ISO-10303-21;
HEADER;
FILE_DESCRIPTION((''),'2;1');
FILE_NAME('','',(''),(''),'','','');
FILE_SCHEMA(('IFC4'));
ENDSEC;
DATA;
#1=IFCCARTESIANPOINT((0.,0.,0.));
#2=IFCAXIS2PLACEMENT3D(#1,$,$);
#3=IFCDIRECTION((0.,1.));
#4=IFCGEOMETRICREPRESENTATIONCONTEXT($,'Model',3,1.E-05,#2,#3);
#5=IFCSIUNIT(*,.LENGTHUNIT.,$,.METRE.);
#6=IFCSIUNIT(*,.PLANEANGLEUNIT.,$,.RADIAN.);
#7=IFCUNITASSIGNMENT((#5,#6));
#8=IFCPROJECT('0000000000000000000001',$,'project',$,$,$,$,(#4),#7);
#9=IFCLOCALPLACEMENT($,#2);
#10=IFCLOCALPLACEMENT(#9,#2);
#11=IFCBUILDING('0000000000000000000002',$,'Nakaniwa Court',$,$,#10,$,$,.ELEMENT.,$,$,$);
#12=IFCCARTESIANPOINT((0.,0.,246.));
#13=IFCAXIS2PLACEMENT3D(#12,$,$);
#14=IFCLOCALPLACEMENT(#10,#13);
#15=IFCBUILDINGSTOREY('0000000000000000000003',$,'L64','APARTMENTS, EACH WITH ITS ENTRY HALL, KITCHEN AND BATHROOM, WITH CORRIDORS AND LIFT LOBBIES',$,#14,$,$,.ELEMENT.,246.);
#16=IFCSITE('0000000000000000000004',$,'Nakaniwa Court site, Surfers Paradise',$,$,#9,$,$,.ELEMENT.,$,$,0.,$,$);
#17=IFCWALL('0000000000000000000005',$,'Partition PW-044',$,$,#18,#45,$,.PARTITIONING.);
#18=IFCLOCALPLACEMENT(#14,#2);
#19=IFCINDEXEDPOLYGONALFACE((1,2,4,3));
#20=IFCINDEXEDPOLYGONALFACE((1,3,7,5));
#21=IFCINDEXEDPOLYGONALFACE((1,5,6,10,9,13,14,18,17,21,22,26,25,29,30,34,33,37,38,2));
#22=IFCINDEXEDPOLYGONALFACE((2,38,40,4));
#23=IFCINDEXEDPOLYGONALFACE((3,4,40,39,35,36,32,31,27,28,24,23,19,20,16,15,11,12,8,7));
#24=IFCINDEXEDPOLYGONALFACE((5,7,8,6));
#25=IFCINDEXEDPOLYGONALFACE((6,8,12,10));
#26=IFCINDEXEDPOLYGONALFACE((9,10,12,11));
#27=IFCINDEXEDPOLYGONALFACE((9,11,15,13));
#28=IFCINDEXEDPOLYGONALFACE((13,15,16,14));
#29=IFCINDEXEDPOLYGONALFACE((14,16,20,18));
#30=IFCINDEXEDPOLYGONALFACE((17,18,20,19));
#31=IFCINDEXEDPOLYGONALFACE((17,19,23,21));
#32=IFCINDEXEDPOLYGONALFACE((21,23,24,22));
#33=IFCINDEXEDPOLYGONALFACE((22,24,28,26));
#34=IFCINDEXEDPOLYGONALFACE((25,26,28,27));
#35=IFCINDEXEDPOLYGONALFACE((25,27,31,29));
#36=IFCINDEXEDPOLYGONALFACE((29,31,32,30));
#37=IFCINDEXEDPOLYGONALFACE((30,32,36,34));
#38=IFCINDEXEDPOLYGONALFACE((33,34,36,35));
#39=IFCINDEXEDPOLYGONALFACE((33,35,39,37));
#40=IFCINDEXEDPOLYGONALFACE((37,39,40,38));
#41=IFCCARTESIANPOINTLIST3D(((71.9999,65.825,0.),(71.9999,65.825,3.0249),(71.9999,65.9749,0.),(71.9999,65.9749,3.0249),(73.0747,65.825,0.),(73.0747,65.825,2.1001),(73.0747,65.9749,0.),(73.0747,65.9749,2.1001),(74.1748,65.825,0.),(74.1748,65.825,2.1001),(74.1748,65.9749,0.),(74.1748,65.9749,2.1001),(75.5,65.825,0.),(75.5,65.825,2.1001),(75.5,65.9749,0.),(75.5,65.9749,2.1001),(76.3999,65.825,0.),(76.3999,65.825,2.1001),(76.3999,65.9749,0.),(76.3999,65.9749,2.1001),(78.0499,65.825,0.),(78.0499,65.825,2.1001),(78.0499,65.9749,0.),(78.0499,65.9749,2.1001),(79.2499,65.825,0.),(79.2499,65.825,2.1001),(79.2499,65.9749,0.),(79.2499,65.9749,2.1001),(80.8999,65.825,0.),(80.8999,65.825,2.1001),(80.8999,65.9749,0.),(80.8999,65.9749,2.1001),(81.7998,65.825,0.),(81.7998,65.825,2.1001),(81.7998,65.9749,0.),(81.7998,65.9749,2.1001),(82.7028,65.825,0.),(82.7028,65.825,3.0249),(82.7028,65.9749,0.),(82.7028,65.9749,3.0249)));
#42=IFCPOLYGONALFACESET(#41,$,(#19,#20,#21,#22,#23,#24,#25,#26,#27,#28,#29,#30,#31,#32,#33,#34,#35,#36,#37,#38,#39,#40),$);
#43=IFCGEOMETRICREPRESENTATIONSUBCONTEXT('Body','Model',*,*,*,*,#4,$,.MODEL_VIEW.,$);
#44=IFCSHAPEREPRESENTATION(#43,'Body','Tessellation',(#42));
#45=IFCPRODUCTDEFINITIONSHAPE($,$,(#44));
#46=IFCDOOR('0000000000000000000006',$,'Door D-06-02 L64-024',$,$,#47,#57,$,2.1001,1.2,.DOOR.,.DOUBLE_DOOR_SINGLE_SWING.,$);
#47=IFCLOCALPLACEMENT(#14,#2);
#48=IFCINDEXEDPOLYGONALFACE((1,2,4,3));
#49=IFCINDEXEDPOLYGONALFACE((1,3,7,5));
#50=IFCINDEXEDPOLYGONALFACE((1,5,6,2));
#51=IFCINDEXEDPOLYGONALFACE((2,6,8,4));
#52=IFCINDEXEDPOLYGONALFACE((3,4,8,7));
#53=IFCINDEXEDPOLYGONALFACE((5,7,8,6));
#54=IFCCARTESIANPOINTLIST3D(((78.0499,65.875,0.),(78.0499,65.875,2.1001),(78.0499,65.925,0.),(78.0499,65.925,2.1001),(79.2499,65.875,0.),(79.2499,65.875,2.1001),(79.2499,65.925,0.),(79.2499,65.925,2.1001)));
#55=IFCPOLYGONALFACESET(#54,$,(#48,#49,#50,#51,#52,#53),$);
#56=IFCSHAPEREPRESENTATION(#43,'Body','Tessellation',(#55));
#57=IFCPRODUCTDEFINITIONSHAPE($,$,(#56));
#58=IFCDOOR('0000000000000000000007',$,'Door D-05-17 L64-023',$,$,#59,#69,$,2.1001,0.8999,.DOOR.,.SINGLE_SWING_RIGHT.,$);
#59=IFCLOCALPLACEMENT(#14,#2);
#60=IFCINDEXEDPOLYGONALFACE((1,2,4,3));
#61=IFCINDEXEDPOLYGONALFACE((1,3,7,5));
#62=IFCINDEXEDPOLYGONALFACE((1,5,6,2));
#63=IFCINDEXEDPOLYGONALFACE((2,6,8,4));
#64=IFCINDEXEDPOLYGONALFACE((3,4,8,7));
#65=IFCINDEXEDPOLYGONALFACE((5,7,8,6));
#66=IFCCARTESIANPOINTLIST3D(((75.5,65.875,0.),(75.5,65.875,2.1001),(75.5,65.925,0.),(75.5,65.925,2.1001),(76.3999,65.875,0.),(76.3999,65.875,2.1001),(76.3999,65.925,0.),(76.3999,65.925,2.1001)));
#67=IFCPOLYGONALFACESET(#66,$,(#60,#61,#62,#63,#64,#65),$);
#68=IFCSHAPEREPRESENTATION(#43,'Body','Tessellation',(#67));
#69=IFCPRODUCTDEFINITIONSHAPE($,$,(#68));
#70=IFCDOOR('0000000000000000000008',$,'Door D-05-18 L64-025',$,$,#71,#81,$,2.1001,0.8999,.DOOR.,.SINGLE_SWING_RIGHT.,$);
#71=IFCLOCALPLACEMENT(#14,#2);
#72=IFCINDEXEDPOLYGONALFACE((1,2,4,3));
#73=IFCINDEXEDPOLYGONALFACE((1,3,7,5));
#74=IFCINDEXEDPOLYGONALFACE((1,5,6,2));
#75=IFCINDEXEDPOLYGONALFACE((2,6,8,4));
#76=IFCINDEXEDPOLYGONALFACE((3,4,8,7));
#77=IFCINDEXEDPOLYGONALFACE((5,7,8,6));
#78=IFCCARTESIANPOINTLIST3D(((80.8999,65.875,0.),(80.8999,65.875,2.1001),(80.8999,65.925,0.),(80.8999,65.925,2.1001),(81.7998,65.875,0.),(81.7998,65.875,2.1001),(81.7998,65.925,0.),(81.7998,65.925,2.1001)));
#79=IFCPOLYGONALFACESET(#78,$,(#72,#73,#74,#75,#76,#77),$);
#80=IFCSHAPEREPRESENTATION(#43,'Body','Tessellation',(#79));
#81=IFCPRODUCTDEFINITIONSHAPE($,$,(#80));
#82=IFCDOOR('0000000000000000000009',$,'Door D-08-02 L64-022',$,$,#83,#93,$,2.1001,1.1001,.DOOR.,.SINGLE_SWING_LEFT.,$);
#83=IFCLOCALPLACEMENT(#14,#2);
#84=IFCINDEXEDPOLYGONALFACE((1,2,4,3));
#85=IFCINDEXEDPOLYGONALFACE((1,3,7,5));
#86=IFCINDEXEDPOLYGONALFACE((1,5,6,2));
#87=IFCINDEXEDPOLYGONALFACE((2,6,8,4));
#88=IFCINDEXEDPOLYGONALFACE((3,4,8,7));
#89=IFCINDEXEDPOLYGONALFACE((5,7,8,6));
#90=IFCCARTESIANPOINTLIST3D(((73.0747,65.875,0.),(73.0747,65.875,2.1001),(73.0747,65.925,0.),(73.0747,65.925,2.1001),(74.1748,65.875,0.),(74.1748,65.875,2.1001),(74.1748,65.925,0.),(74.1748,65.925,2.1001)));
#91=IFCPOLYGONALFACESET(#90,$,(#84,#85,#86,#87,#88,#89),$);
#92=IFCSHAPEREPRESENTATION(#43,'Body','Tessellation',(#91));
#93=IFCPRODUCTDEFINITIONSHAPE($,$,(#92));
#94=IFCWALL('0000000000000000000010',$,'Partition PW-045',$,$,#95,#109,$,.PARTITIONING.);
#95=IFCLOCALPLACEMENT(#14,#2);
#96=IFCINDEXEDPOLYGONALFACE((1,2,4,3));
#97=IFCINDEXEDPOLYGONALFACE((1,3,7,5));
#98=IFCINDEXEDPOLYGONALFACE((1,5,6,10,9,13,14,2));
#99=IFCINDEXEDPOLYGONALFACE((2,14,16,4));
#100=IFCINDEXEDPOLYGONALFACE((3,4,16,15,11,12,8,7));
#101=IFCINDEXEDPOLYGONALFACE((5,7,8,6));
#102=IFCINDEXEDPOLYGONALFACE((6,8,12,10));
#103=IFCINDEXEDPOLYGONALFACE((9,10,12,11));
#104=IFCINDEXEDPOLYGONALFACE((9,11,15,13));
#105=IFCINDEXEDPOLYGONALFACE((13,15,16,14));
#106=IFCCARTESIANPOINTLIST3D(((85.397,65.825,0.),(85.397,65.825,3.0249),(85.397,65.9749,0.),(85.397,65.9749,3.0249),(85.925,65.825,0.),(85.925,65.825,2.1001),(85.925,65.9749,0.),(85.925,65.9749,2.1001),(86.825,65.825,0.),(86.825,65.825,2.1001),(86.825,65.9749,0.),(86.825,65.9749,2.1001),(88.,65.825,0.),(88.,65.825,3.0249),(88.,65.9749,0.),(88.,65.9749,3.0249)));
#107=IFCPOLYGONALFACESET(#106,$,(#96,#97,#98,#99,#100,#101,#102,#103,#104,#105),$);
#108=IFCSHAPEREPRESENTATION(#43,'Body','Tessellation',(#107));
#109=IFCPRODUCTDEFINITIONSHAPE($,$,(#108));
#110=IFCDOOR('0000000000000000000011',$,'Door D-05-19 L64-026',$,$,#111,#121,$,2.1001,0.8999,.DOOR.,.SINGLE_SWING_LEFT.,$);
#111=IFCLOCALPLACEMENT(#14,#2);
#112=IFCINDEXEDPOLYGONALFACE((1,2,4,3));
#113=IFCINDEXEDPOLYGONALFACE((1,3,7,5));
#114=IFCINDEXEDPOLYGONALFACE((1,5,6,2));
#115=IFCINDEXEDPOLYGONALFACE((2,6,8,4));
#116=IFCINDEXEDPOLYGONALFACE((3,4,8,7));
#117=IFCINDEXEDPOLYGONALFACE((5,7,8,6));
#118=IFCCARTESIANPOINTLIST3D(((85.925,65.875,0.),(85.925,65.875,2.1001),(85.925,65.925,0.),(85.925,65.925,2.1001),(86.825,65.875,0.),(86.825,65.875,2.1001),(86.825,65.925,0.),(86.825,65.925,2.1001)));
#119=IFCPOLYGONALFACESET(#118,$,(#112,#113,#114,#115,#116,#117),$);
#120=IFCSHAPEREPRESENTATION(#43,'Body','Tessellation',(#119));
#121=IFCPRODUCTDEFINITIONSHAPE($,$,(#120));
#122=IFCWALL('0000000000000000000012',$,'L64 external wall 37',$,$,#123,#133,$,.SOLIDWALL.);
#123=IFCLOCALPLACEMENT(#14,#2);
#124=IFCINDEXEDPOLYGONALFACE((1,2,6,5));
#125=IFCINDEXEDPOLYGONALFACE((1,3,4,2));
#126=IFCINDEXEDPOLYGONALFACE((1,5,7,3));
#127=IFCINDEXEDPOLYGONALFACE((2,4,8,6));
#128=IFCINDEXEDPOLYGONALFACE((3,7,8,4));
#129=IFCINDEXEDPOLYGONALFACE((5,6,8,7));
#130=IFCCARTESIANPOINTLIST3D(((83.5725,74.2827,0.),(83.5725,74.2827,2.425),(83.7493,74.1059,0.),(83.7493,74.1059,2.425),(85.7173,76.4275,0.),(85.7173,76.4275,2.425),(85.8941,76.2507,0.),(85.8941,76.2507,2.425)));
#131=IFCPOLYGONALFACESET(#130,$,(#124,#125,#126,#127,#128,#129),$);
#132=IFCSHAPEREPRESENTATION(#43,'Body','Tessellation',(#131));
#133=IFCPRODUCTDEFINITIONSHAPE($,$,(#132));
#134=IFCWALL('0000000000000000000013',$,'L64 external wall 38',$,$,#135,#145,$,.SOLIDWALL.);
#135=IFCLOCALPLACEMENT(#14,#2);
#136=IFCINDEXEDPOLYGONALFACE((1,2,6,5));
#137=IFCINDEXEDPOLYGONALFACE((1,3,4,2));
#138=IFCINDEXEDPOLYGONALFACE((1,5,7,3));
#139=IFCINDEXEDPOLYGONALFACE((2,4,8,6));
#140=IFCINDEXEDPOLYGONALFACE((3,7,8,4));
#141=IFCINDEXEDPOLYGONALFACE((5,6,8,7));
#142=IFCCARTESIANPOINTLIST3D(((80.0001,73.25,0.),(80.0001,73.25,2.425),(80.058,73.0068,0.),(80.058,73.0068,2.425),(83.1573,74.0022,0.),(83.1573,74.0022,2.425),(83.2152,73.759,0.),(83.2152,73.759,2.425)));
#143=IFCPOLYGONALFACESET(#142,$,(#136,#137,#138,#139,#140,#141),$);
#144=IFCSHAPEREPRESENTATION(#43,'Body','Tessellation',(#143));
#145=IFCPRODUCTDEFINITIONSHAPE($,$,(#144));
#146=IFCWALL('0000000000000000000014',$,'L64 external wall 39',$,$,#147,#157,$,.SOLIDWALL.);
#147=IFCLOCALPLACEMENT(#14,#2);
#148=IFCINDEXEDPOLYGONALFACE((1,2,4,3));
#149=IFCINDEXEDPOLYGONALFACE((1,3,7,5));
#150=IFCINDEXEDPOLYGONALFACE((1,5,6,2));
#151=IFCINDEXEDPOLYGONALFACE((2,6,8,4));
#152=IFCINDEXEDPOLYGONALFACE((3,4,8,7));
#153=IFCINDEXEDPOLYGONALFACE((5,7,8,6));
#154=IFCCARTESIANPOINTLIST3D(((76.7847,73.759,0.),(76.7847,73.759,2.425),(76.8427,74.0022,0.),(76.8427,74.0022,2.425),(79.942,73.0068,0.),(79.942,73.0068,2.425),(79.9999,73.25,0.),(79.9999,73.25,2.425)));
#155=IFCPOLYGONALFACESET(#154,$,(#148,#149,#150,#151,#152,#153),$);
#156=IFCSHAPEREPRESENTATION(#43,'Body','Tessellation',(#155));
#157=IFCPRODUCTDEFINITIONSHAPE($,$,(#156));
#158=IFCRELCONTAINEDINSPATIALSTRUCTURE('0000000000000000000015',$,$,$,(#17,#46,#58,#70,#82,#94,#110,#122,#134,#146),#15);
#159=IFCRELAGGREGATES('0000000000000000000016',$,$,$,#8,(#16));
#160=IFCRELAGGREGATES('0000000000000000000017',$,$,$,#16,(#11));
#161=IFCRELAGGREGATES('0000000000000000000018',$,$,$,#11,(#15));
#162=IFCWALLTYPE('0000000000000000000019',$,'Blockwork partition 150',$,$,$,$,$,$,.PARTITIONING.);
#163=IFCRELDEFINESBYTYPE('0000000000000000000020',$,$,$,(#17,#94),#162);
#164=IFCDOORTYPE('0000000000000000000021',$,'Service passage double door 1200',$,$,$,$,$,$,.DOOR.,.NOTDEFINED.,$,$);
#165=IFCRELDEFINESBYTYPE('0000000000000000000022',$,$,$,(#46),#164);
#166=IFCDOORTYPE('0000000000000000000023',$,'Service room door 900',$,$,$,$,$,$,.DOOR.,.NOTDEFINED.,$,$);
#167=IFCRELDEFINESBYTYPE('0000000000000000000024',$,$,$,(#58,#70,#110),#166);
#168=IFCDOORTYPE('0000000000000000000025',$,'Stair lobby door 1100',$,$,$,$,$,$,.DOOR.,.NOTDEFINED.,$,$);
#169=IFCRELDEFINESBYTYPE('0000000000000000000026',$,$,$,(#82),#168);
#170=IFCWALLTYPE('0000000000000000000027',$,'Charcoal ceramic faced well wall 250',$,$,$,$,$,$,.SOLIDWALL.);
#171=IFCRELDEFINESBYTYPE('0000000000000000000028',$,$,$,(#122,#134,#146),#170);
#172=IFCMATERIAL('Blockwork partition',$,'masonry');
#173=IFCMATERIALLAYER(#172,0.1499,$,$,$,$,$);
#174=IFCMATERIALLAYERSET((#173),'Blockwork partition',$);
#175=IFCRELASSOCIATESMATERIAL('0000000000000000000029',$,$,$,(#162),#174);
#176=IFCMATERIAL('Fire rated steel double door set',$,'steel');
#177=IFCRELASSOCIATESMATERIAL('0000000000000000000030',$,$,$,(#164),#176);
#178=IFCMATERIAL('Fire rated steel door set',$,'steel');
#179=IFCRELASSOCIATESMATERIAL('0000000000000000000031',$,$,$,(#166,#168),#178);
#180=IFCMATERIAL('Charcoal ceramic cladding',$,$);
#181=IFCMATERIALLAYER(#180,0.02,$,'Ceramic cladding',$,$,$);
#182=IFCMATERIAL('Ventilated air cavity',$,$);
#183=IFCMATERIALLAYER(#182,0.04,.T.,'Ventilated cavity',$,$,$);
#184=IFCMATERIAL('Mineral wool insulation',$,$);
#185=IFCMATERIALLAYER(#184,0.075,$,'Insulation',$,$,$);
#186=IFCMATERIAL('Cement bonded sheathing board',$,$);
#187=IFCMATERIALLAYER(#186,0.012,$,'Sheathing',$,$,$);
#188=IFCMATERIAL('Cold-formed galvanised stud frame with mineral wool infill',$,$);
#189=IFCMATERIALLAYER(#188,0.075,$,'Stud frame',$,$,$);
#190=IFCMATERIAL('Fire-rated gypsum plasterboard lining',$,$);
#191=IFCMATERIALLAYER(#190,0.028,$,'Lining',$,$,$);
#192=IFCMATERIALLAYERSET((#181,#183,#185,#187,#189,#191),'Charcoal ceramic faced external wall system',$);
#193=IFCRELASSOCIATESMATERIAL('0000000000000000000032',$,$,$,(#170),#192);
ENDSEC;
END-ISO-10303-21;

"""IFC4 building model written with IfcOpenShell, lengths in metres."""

from ifc_helpers import new_model, si_unit, direction, frame, frame_2d, origin, place, context, subcontext, project, spatial, rectangle, extrude, material, layer, layer_set, type_object, element, fill, save


model = new_model("IFC4")

# Units and contexts
model_context = context("Model", 3, precision=1e-05, world=origin(), true_north=direction((0.0, 1.0)))
body_context = subcontext(model_context, "Body", "Model", "MODEL_VIEW")
ifc_project = project(units=[si_unit("LENGTHUNIT", "METRE"), si_unit("PLANEANGLEUNIT", "RADIAN")], contexts=[model_context])

# Site, building, storey
site_placement = place(None, origin())
site = spatial("IfcSite", under=ifc_project, at=site_placement, Name="Nakaniwa Court site, Surfers Paradise", CompositionType="ELEMENT", RefElevation=0.0)
building_placement = place(site_placement, origin())
building = spatial("IfcBuilding", under=site, at=building_placement, Name="Nakaniwa Court", CompositionType="ELEMENT")
storey_placement = place(building_placement, frame((0.0, 0.0, 246.0)))
storey = spatial("IfcBuildingStorey", under=building, at=storey_placement, Name="L64", Description="APARTMENTS, EACH WITH ITS ENTRY HALL, KITCHEN AND BATHROOM, WITH CORRIDORS AND LIFT LOBBIES", CompositionType="ELEMENT", Elevation=246.0)

# Shared definitions
ifc_material_1 = material(Name="Blockwork partition", Category="masonry")
ifc_layer_1 = layer(ifc_material_1, 0.1499)
ifc_layer_set_1 = layer_set([ifc_layer_1], Name="Blockwork partition")
wall_type_1 = type_object("IfcWallType", Name="Blockwork partition 150", PredefinedType="PARTITIONING", material=ifc_layer_set_1)

# Wall, openings, doors
wall_1_placement = place(storey_placement, frame((82.7029, 65.8999, 0.0), z_axis=(0.0, 0.0, 1.0), x_axis=(-1.0, 0.0, 0.0)))
wall_1 = element("IfcWall", 1, at=wall_1_placement, inside=storey, type_object=wall_type_1, Name="Partition PW-044", PredefinedType="PARTITIONING", context=body_context, shape_type="SweptSolid", body=[
    extrude(rectangle(XDim=10.7029, YDim=0.1499, at=frame_2d((5.3516, 0.0))), origin(), (0.0, 0.0, 1.0), 3.0249),
])
opening_1_placement = place(wall_1_placement, frame((8.5281, 0.0, 0.0)))
opening_1 = element("IfcOpeningElement", 2, at=opening_1_placement, cuts=wall_1, PredefinedType="OPENING", context=body_context, shape_type="SweptSolid", body=[
    extrude(rectangle(XDim=1.1001, YDim=2.1001, at=frame_2d((0.55, 1.05))), frame((0.0, 0.085, 0.0), z_axis=(0.0, -1.0, 0.0), x_axis=(1.0, 0.0, 0.0)), (0.0, 0.0, 1.0), 0.1699),
])
opening_2_placement = place(wall_1_placement, frame((6.303, 0.0, 0.0)))
opening_2 = element("IfcOpeningElement", 3, at=opening_2_placement, cuts=wall_1, PredefinedType="OPENING", context=body_context, shape_type="SweptSolid", body=[
    extrude(rectangle(XDim=0.8999, YDim=2.1001, at=frame_2d((0.45, 1.05))), frame((0.0, 0.085, 0.0), z_axis=(0.0, -1.0, 0.0), x_axis=(1.0, 0.0, 0.0)), (0.0, 0.0, 1.0), 0.1699),
])
opening_3_placement = place(wall_1_placement, frame((3.4529, 0.0, 0.0)))
opening_3 = element("IfcOpeningElement", 4, at=opening_3_placement, cuts=wall_1, PredefinedType="OPENING", context=body_context, shape_type="SweptSolid", body=[
    extrude(rectangle(XDim=1.2, YDim=2.1001, at=frame_2d((0.6001, 1.05))), frame((0.0, 0.085, 0.0), z_axis=(0.0, -1.0, 0.0), x_axis=(1.0, 0.0, 0.0)), (0.0, 0.0, 1.0), 0.1699),
])
opening_4_placement = place(wall_1_placement, frame((0.9031, 0.0, 0.0)))
opening_4 = element("IfcOpeningElement", 5, at=opening_4_placement, cuts=wall_1, PredefinedType="OPENING", context=body_context, shape_type="SweptSolid", body=[
    extrude(rectangle(XDim=0.8999, YDim=2.1001, at=frame_2d((0.45, 1.05))), frame((0.0, 0.085, 0.0), z_axis=(0.0, -1.0, 0.0), x_axis=(1.0, 0.0, 0.0)), (0.0, 0.0, 1.0), 0.1699),
])
ifc_material_2 = material(Name="Fire rated steel double door set", Category="steel")
door_type_1 = type_object("IfcDoorType", Name="Service passage double door 1200", OperationType="NOTDEFINED", PredefinedType="DOOR", material=ifc_material_2)
door_1_placement = place(opening_3_placement, origin())
door_1 = element("IfcDoor", 6, at=door_1_placement, inside=storey, type_object=door_type_1, Name="Door D-06-02 L64-024", OperationType="DOUBLE_DOOR_SINGLE_SWING", OverallHeight=2.1001, OverallWidth=1.2, PredefinedType="DOOR", context=body_context, shape_type="SweptSolid", body=[
    extrude(rectangle(XDim=1.2, YDim=2.1001, at=frame_2d((0.6001, 1.05))), frame((0.0, 0.0249, 0.0), z_axis=(0.0, -1.0, 0.0), x_axis=(1.0, 0.0, 0.0)), (0.0, 0.0, 1.0), 0.05),
])
fill(opening_3, door_1)
ifc_material_3 = material(Name="Fire rated steel door set", Category="steel")
door_type_2 = type_object("IfcDoorType", Name="Service room door 900", OperationType="NOTDEFINED", PredefinedType="DOOR", material=ifc_material_3)
door_2_placement = place(opening_2_placement, origin())
door_2 = element("IfcDoor", 7, at=door_2_placement, inside=storey, type_object=door_type_2, Name="Door D-05-17 L64-023", OperationType="SINGLE_SWING_RIGHT", OverallHeight=2.1001, OverallWidth=0.8999, PredefinedType="DOOR", context=body_context, shape_type="SweptSolid", body=[
    extrude(rectangle(XDim=0.8999, YDim=2.1001, at=frame_2d((0.45, 1.05))), frame((0.0, 0.0249, 0.0), z_axis=(0.0, -1.0, 0.0), x_axis=(1.0, 0.0, 0.0)), (0.0, 0.0, 1.0), 0.05),
])
fill(opening_2, door_2)
door_3_placement = place(opening_4_placement, origin())
door_3 = element("IfcDoor", 8, at=door_3_placement, inside=storey, type_object=door_type_2, Name="Door D-05-18 L64-025", OperationType="SINGLE_SWING_RIGHT", OverallHeight=2.1001, OverallWidth=0.8999, PredefinedType="DOOR", context=body_context, shape_type="SweptSolid", body=[
    extrude(rectangle(XDim=0.8999, YDim=2.1001, at=frame_2d((0.45, 1.05))), frame((0.0, 0.0249, 0.0), z_axis=(0.0, -1.0, 0.0), x_axis=(1.0, 0.0, 0.0)), (0.0, 0.0, 1.0), 0.05),
])
fill(opening_4, door_3)
door_type_3 = type_object("IfcDoorType", Name="Stair lobby door 1100", OperationType="NOTDEFINED", PredefinedType="DOOR", material=ifc_material_3)
door_4_placement = place(opening_1_placement, origin())
door_4 = element("IfcDoor", 9, at=door_4_placement, inside=storey, type_object=door_type_3, Name="Door D-08-02 L64-022", OperationType="SINGLE_SWING_LEFT", OverallHeight=2.1001, OverallWidth=1.1001, PredefinedType="DOOR", context=body_context, shape_type="SweptSolid", body=[
    extrude(rectangle(XDim=1.1001, YDim=2.1001, at=frame_2d((0.55, 1.05))), frame((0.0, 0.0249, 0.0), z_axis=(0.0, -1.0, 0.0), x_axis=(1.0, 0.0, 0.0)), (0.0, 0.0, 1.0), 0.05),
])
fill(opening_1, door_4)

# Wall, opening, door
wall_2_placement = place(storey_placement, frame((88.0, 65.8999, 0.0), z_axis=(0.0, 0.0, 1.0), x_axis=(-1.0, 0.0, 0.0)))
wall_2 = element("IfcWall", 10, at=wall_2_placement, inside=storey, type_object=wall_type_1, Name="Partition PW-045", PredefinedType="PARTITIONING", context=body_context, shape_type="SweptSolid", body=[
    extrude(rectangle(XDim=2.603, YDim=0.1499, at=frame_2d((1.3015, 0.0))), origin(), (0.0, 0.0, 1.0), 3.0249),
])
opening_5_placement = place(wall_2_placement, frame((1.175, 0.0, 0.0)))
opening_5 = element("IfcOpeningElement", 11, at=opening_5_placement, cuts=wall_2, PredefinedType="OPENING", context=body_context, shape_type="SweptSolid", body=[
    extrude(rectangle(XDim=0.8999, YDim=2.1001, at=frame_2d((0.45, 1.05))), frame((0.0, 0.085, 0.0), z_axis=(0.0, -1.0, 0.0), x_axis=(1.0, 0.0, 0.0)), (0.0, 0.0, 1.0), 0.1699),
])
door_5_placement = place(opening_5_placement, origin())
door_5 = element("IfcDoor", 12, at=door_5_placement, inside=storey, type_object=door_type_2, Name="Door D-05-19 L64-026", OperationType="SINGLE_SWING_LEFT", OverallHeight=2.1001, OverallWidth=0.8999, PredefinedType="DOOR", context=body_context, shape_type="SweptSolid", body=[
    extrude(rectangle(XDim=0.8999, YDim=2.1001, at=frame_2d((0.45, 1.05))), frame((0.0, 0.0249, 0.0), z_axis=(0.0, -1.0, 0.0), x_axis=(1.0, 0.0, 0.0)), (0.0, 0.0, 1.0), 0.05),
])
fill(opening_5, door_5)

# Walls
ifc_material_4 = material(Name="Charcoal ceramic cladding")
ifc_layer_2 = layer(ifc_material_4, 0.02, Name="Ceramic cladding")
ifc_material_5 = material(Name="Ventilated air cavity")
ifc_layer_3 = layer(ifc_material_5, 0.04, ventilated=True, Name="Ventilated cavity")
ifc_material_6 = material(Name="Mineral wool insulation")
ifc_layer_4 = layer(ifc_material_6, 0.075, Name="Insulation")
ifc_material_7 = material(Name="Cement bonded sheathing board")
ifc_layer_5 = layer(ifc_material_7, 0.012, Name="Sheathing")
ifc_material_8 = material(Name="Cold-formed galvanised stud frame with mineral wool infill")
ifc_layer_6 = layer(ifc_material_8, 0.075, Name="Stud frame")
ifc_material_9 = material(Name="Fire-rated gypsum plasterboard lining")
ifc_layer_7 = layer(ifc_material_9, 0.028, Name="Lining")
ifc_layer_set_2 = layer_set([ifc_layer_2, ifc_layer_3, ifc_layer_4, ifc_layer_5, ifc_layer_6, ifc_layer_7], Name="Charcoal ceramic faced external wall system")
wall_type_2 = type_object("IfcWallType", Name="Charcoal ceramic faced well wall 250", PredefinedType="SOLIDWALL", material=ifc_layer_set_2)
wall_3_placement = place(storey_placement, frame((85.8057, 76.3391, 0.0), z_axis=(0.0, 0.0, 1.0), x_axis=(-0.707107, -0.707107, 0.0)))
element("IfcWall", 13, at=wall_3_placement, inside=storey, type_object=wall_type_2, Name="L64 external wall 37", PredefinedType="SOLIDWALL", context=body_context, shape_type="SweptSolid", body=[
    extrude(rectangle(XDim=3.0332, YDim=0.25, at=frame_2d((1.5166, 0.0))), origin(), (0.0, 0.0, 1.0), 2.425),
])
for number, where, z_axis, x_axis, name in (
    (14, (83.1863, 73.8806, 0.0), (0.0, 0.0, 1.0), (-0.972773, -0.23176, 0.0), "L64 external wall 38"),
    (15, (79.9709, 73.1284, 0.0), (0.0, 0.0, 1.0), (-0.972773, 0.23176, 0.0), "L64 external wall 39"),
):
    element("IfcWall", number, at=place(storey_placement, frame(where, z_axis=z_axis, x_axis=x_axis)), inside=storey, type_object=wall_type_2, Name=name, PredefinedType="SOLIDWALL", context=body_context, shape_type="SweptSolid", body=[
        extrude(rectangle(XDim=3.2456, YDim=0.25, at=frame_2d((1.6228, 0.0))), origin(), (0.0, 0.0, 1.0), 2.425),
    ])

save(model, "model.ifc")
